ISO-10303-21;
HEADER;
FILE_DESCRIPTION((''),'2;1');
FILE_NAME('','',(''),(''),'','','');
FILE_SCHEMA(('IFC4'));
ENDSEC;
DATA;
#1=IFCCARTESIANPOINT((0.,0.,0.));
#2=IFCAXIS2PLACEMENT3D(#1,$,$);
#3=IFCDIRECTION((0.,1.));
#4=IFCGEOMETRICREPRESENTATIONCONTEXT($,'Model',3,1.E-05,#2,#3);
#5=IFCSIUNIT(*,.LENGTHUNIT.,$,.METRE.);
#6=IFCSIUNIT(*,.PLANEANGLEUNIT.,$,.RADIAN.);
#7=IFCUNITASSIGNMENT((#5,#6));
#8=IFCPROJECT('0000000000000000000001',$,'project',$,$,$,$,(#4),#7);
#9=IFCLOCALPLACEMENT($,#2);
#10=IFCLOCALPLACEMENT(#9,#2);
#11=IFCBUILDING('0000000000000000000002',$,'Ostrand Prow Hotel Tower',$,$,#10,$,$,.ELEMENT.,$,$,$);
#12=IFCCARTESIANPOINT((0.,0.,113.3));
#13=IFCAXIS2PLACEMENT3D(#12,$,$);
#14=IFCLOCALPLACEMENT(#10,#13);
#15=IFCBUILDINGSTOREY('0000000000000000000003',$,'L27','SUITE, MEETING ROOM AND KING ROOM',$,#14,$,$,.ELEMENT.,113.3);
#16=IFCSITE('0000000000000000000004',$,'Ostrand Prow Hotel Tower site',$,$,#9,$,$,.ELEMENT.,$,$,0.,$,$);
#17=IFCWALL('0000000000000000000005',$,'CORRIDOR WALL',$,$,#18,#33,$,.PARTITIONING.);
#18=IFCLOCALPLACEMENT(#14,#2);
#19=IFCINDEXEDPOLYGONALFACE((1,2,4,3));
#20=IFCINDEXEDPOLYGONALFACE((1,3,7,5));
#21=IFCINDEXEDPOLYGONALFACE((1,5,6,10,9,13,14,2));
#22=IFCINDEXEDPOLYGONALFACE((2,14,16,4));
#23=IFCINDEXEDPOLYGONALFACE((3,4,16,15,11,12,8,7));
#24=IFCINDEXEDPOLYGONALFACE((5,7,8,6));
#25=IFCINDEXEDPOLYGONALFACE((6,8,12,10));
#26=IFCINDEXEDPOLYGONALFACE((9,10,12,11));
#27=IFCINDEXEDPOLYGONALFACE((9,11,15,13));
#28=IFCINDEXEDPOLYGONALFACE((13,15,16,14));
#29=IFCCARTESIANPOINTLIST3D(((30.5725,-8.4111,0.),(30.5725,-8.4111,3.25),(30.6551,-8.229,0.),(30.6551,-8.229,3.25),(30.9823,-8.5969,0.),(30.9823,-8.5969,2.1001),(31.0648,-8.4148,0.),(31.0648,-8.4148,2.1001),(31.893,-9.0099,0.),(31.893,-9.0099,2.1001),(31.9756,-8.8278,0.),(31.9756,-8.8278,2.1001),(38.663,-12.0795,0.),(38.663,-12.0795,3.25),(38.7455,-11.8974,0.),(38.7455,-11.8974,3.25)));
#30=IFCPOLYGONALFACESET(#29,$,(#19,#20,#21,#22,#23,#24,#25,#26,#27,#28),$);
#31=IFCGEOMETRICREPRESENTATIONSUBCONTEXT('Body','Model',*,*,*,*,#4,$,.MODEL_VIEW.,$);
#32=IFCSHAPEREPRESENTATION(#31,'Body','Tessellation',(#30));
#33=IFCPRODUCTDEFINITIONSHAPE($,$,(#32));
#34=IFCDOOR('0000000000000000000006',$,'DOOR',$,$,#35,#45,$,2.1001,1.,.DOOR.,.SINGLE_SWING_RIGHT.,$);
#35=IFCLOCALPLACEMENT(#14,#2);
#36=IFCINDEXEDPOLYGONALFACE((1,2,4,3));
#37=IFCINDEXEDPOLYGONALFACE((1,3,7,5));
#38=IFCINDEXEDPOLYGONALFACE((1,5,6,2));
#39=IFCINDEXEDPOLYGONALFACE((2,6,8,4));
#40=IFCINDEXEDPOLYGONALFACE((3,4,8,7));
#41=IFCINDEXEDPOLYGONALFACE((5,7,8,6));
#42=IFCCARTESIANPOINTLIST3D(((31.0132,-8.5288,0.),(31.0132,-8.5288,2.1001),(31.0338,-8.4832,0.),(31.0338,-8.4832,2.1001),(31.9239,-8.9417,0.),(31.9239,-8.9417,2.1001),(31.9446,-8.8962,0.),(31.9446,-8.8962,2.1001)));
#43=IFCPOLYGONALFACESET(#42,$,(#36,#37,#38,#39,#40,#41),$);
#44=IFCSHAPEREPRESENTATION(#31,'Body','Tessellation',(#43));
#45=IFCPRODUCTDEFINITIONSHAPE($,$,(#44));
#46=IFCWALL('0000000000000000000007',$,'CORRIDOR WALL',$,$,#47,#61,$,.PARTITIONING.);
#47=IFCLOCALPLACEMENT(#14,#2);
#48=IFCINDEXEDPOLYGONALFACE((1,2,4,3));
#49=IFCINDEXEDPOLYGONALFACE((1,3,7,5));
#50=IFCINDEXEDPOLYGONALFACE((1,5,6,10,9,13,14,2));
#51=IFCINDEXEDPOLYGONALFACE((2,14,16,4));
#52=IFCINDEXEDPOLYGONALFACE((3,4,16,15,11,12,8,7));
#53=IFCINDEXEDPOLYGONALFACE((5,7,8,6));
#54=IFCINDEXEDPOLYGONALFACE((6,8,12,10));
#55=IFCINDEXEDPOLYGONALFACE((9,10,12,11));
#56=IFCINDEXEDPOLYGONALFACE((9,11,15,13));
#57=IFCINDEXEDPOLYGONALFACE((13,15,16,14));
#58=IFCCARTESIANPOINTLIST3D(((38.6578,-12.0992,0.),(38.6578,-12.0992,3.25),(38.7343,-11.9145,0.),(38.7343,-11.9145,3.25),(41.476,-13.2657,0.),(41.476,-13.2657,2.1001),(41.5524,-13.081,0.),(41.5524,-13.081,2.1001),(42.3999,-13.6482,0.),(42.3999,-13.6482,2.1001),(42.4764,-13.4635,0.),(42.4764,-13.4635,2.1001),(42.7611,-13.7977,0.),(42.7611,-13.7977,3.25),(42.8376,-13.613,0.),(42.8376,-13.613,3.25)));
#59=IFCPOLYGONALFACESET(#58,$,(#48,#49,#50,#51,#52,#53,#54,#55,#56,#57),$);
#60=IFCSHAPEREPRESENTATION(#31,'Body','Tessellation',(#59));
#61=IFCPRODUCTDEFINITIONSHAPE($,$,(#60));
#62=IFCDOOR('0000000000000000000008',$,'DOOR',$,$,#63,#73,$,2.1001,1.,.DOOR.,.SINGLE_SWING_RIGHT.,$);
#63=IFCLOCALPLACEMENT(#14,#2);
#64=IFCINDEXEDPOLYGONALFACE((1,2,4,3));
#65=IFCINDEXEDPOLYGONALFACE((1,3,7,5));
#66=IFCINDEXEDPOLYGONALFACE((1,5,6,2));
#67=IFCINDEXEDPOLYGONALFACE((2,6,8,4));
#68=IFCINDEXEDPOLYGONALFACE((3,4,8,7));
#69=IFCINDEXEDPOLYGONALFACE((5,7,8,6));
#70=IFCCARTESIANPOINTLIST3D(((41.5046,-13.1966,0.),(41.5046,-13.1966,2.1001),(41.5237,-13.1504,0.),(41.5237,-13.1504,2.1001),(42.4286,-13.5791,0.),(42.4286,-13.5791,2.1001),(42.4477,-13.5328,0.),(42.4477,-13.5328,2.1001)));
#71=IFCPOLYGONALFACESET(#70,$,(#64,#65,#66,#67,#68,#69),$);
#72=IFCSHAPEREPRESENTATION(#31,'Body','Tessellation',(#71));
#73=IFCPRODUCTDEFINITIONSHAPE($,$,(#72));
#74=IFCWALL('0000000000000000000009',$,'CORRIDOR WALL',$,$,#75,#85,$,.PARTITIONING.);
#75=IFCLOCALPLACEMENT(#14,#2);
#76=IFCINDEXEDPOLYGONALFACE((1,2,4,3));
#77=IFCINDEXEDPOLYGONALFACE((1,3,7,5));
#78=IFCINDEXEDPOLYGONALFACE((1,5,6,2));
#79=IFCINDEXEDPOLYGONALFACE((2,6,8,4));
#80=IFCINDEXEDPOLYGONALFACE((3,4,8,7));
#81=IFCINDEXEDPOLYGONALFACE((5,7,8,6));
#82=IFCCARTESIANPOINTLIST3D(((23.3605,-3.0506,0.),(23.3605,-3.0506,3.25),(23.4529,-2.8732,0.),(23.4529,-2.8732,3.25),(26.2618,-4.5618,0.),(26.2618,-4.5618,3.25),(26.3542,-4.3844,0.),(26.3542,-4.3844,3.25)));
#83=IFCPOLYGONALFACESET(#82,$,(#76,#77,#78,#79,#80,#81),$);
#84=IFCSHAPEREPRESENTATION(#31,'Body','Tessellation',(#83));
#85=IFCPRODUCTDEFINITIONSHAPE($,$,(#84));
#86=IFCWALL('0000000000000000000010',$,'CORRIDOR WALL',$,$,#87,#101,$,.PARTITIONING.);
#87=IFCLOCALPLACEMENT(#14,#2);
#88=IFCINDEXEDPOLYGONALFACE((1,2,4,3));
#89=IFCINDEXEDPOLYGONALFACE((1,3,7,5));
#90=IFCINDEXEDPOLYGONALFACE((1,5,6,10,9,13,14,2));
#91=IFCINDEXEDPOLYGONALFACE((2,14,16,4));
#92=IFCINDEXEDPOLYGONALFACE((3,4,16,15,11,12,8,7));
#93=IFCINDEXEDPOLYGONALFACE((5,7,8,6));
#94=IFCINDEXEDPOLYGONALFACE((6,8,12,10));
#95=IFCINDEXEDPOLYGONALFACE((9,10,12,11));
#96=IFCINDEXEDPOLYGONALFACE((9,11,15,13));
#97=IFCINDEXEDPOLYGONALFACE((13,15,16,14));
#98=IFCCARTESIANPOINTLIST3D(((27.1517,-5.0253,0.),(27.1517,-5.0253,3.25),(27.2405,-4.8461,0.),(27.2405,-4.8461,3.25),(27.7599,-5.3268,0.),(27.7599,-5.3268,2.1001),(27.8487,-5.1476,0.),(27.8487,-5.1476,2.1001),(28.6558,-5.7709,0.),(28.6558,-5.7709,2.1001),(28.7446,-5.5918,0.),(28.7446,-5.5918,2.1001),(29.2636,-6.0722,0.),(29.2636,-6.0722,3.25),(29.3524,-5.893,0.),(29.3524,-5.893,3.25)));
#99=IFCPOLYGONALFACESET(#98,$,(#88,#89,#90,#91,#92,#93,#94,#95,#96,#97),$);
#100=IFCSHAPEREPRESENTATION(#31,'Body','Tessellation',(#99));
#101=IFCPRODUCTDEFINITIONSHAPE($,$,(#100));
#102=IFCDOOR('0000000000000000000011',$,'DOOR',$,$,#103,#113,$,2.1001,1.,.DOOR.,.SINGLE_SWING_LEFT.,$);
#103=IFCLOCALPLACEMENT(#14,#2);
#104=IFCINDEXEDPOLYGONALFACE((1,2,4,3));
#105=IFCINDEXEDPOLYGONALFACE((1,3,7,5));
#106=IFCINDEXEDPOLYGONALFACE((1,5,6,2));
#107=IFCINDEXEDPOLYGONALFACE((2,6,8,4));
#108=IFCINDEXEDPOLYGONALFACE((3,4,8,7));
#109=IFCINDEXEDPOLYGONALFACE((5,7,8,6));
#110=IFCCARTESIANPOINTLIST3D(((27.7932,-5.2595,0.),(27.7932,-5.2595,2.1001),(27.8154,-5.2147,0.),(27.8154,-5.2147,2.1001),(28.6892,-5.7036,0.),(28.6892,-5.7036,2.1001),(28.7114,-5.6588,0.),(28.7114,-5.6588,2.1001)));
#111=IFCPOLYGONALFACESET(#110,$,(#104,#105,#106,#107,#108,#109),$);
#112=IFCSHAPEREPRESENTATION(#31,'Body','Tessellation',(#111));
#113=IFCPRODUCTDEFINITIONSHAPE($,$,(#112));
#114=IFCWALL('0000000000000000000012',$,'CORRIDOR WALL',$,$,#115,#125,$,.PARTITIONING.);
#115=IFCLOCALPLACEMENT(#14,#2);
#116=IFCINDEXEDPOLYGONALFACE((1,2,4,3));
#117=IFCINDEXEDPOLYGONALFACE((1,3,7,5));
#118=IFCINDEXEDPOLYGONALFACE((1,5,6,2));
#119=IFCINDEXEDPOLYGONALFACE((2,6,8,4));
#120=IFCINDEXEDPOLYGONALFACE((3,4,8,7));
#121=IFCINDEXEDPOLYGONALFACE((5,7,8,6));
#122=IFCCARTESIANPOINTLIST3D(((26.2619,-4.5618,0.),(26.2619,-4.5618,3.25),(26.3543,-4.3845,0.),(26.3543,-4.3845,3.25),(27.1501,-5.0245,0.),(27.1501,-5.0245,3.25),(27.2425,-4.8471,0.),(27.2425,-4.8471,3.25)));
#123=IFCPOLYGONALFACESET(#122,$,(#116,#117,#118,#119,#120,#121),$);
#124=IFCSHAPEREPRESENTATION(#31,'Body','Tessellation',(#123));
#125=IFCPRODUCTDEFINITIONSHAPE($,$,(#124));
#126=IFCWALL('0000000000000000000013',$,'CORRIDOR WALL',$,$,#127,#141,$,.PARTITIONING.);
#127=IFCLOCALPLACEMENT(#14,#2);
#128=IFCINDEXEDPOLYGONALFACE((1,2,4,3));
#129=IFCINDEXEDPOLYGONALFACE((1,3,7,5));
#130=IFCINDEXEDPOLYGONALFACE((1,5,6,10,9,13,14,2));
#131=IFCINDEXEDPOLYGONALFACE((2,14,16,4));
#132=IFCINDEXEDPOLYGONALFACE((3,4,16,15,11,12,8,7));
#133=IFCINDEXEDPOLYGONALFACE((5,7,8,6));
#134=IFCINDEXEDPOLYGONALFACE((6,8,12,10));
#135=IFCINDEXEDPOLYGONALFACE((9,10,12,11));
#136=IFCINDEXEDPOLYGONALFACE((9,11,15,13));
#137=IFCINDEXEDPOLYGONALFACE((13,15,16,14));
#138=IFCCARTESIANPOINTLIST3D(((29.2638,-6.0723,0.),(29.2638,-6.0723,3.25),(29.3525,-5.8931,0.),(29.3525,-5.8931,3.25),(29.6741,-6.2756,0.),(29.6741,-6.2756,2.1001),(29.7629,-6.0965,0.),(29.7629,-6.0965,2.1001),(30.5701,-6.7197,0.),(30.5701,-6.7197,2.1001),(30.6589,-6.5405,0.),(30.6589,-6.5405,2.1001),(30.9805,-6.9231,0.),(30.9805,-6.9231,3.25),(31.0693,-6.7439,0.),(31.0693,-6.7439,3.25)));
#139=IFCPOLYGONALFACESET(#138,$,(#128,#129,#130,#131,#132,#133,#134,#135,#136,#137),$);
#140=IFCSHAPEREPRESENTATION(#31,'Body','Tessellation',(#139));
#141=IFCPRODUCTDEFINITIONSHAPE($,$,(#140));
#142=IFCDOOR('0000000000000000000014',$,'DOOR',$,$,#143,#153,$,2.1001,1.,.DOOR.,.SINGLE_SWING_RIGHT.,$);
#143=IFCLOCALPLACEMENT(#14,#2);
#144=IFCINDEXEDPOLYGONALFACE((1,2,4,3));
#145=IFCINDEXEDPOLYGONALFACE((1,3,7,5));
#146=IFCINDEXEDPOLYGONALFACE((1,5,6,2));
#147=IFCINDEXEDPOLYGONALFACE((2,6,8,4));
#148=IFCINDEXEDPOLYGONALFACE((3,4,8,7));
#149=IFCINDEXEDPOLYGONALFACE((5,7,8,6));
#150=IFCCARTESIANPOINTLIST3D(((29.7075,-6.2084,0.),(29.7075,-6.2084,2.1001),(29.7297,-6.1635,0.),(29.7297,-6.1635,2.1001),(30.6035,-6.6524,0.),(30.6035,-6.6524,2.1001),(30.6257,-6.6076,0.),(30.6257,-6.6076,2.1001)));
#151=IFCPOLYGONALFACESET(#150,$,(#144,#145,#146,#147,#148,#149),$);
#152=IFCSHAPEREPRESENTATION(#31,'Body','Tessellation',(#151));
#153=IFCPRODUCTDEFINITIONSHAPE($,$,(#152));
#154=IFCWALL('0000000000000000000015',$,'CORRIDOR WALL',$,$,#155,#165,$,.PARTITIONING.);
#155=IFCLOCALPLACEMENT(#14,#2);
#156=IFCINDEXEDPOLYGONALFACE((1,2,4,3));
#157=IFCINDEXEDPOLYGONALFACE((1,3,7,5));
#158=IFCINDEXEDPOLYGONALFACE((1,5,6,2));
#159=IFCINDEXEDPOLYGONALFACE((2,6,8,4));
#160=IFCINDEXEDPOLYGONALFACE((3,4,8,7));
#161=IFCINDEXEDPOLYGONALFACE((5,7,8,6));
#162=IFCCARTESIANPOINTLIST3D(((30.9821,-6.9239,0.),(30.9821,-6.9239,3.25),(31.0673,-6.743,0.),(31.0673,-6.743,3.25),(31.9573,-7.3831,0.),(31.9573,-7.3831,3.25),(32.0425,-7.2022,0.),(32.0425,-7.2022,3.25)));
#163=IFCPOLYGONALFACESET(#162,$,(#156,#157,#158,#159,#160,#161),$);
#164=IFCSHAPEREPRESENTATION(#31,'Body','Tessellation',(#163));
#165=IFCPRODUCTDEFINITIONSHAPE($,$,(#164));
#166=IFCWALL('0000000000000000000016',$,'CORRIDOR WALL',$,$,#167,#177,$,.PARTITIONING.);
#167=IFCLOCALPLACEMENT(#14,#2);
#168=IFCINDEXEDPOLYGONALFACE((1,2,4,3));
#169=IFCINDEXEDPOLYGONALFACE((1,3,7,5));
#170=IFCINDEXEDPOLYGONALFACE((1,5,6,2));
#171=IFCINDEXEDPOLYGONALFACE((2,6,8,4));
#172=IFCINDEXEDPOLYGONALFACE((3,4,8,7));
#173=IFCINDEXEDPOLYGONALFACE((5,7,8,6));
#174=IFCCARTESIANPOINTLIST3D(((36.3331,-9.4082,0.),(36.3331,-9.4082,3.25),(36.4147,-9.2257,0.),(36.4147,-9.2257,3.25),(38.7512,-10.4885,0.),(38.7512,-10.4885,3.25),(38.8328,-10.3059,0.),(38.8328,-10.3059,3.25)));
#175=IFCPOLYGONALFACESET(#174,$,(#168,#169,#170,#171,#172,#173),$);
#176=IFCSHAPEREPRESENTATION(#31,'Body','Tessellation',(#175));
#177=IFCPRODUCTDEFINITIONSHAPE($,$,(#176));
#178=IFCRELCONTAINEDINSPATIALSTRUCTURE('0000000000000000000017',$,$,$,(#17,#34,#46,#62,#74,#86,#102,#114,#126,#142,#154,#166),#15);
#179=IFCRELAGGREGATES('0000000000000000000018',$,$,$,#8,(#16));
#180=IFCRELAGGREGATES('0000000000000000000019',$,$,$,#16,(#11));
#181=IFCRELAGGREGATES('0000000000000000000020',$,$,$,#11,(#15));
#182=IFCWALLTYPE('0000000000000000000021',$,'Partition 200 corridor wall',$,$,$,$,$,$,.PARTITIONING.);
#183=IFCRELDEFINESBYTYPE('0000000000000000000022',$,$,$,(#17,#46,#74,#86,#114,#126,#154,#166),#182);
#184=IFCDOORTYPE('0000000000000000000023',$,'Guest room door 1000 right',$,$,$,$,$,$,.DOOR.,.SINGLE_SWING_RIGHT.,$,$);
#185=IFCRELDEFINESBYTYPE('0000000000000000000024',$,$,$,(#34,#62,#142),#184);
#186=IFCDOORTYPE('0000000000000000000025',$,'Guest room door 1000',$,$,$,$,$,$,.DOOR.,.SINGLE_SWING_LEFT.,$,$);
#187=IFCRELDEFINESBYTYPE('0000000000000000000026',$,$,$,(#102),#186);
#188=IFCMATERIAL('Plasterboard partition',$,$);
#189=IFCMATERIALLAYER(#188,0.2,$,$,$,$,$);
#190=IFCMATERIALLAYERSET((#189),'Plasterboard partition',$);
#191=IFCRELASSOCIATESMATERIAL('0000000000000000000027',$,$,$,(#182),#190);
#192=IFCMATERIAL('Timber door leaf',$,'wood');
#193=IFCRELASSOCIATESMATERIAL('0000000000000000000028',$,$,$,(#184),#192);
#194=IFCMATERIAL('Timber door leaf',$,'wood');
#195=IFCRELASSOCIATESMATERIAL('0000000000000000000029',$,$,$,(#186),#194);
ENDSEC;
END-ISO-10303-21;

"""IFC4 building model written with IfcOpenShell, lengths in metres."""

from ifc_helpers import new_model, si_unit, direction, frame, frame_2d, origin, place, context, subcontext, project, spatial, rectangle, extrude, material, layer, layer_set, type_object, element, fill, save


model = new_model("IFC4")

# Units and contexts
model_context = context("Model", 3, precision=1e-05, world=origin(), true_north=direction((0.0, 1.0)))
body_context = subcontext(model_context, "Body", "Model", "MODEL_VIEW")
ifc_project = project(units=[si_unit("LENGTHUNIT", "METRE"), si_unit("PLANEANGLEUNIT", "RADIAN")], contexts=[model_context])

# Site, building, storey
site_placement = place(None, origin())
site = spatial("IfcSite", under=ifc_project, at=site_placement, Name="Ostrand Prow Hotel Tower site", CompositionType="ELEMENT", RefElevation=0.0)
building_placement = place(site_placement, origin())
building = spatial("IfcBuilding", under=site, at=building_placement, Name="Ostrand Prow Hotel Tower", CompositionType="ELEMENT")
storey_placement = place(building_placement, frame((0.0, 0.0, 113.3)))
storey = spatial("IfcBuildingStorey", under=building, at=storey_placement, Name="L27", Description="SUITE, MEETING ROOM AND KING ROOM", CompositionType="ELEMENT", Elevation=113.3)

# Walls, openings, doors
ifc_material_1 = material(Name="Plasterboard partition")
ifc_layer_1 = layer(ifc_material_1, 0.2)
ifc_layer_set_1 = layer_set([ifc_layer_1], Name="Plasterboard partition")
wall_type_1 = type_object("IfcWallType", Name="Partition 200 corridor wall", PredefinedType="PARTITIONING", material=ifc_layer_set_1)
wall_1_placement = place(storey_placement, frame((30.6138, -8.3201, 0.0), z_axis=(0.0, 0.0, 1.0), x_axis=(0.910751, -0.412956, 0.0)))
wall_1 = element("IfcWall", 1, at=wall_1_placement, inside=storey, type_object=wall_type_1, Name="CORRIDOR WALL", PredefinedType="PARTITIONING", context=body_context, shape_type="SweptSolid", body=[
    extrude(rectangle(XDim=8.8833, YDim=0.2, at=frame_2d((4.4417, 0.0))), origin(), (0.0, 0.0, 1.0), 3.25),
])
opening_1_placement = place(wall_1_placement, frame((0.45, 0.0, 0.0)))
opening_1 = element("IfcOpeningElement", 2, at=opening_1_placement, cuts=wall_1, PredefinedType="OPENING", context=body_context, shape_type="SweptSolid", body=[
    extrude(rectangle(XDim=1.0, YDim=2.1001, at=frame_2d((0.5, 1.05))), frame((0.0, 0.1099, 0.0), z_axis=(0.0, -1.0, 0.0), x_axis=(1.0, 0.0, 0.0)), (0.0, 0.0, 1.0), 0.22),
])
ifc_material_2 = material(Name="Timber door leaf", Category="wood")
door_type_1 = type_object("IfcDoorType", Name="Guest room door 1000 right", OperationType="SINGLE_SWING_RIGHT", PredefinedType="DOOR", material=ifc_material_2)
door_1_placement = place(opening_1_placement, origin())
door_1 = element("IfcDoor", 3, at=door_1_placement, inside=storey, type_object=door_type_1, Name="DOOR", OperationType="SINGLE_SWING_RIGHT", OverallHeight=2.1001, OverallWidth=1.0, PredefinedType="DOOR", context=body_context, shape_type="SweptSolid", body=[
    extrude(rectangle(XDim=1.0, YDim=2.1001, at=frame_2d((0.5, 1.05))), frame((0.0, 0.0249, 0.0), z_axis=(0.0, -1.0, 0.0), x_axis=(1.0, 0.0, 0.0)), (0.0, 0.0, 1.0), 0.05),
])
fill(opening_1, door_1)
wall_2_placement = place(storey_placement, frame((38.696, -12.0068, 0.0), z_axis=(0.0, 0.0, 1.0), x_axis=(0.923971, -0.382463, 0.0)))
wall_2 = element("IfcWall", 4, at=wall_2_placement, inside=storey, type_object=wall_type_1, Name="CORRIDOR WALL", PredefinedType="PARTITIONING", context=body_context, shape_type="SweptSolid", body=[
    extrude(rectangle(XDim=4.4409, YDim=0.2, at=frame_2d((2.2205, 0.0))), origin(), (0.0, 0.0, 1.0), 3.25),
])
opening_2_placement = place(wall_2_placement, frame((3.05, 0.0, 0.0)))
opening_2 = element("IfcOpeningElement", 5, at=opening_2_placement, cuts=wall_2, PredefinedType="OPENING", context=body_context, shape_type="SweptSolid", body=[
    extrude(rectangle(XDim=1.0, YDim=2.1001, at=frame_2d((0.5, 1.05))), frame((0.0, 0.1099, 0.0), z_axis=(0.0, -1.0, 0.0), x_axis=(1.0, 0.0, 0.0)), (0.0, 0.0, 1.0), 0.22),
])
door_2_placement = place(opening_2_placement, origin())
door_2 = element("IfcDoor", 6, at=door_2_placement, inside=storey, type_object=door_type_1, Name="DOOR", OperationType="SINGLE_SWING_RIGHT", OverallHeight=2.1001, OverallWidth=1.0, PredefinedType="DOOR", context=body_context, shape_type="SweptSolid", body=[
    extrude(rectangle(XDim=1.0, YDim=2.1001, at=frame_2d((0.5, 1.05))), frame((0.0, 0.0249, 0.0), z_axis=(0.0, -1.0, 0.0), x_axis=(1.0, 0.0, 0.0)), (0.0, 0.0, 1.0), 0.05),
])
fill(opening_2, door_2)

# Wall
wall_3_placement = place(storey_placement, frame((26.3081, -4.4731, 0.0), z_axis=(0.0, 0.0, 1.0), x_axis=(-0.886901, 0.461959, 0.0)))
element("IfcWall", 7, at=wall_3_placement, inside=storey, type_object=wall_type_1, Name="CORRIDOR WALL", PredefinedType="PARTITIONING", context=body_context, shape_type="SweptSolid", body=[
    extrude(rectangle(XDim=3.2712, YDim=0.2, at=frame_2d((1.6357, 0.0))), origin(), (0.0, 0.0, 1.0), 3.25),
])

# Wall, opening, door
wall_4_placement = place(storey_placement, frame((29.3081, -5.9827, 0.0), z_axis=(0.0, 0.0, 1.0), x_axis=(-0.895955, 0.444145, 0.0)))
wall_4 = element("IfcWall", 8, at=wall_4_placement, inside=storey, type_object=wall_type_1, Name="CORRIDOR WALL", PredefinedType="PARTITIONING", context=body_context, shape_type="SweptSolid", body=[
    extrude(rectangle(XDim=2.3572, YDim=0.2, at=frame_2d((1.1787, 0.0))), origin(), (0.0, 0.0, 1.0), 3.25),
])
opening_3_placement = place(wall_4_placement, frame((0.6785, 0.0, 0.0)))
opening_3 = element("IfcOpeningElement", 9, at=opening_3_placement, cuts=wall_4, PredefinedType="OPENING", context=body_context, shape_type="SweptSolid", body=[
    extrude(rectangle(XDim=1.0, YDim=2.1001, at=frame_2d((0.5, 1.05))), frame((0.0, 0.1099, 0.0), z_axis=(0.0, -1.0, 0.0), x_axis=(1.0, 0.0, 0.0)), (0.0, 0.0, 1.0), 0.22),
])
ifc_material_3 = material(Name="Timber door leaf", Category="wood")
door_type_2 = type_object("IfcDoorType", Name="Guest room door 1000", OperationType="SINGLE_SWING_LEFT", PredefinedType="DOOR", material=ifc_material_3)
door_3_placement = place(opening_3_placement, origin())
door_3 = element("IfcDoor", 10, at=door_3_placement, inside=storey, type_object=door_type_2, Name="DOOR", OperationType="SINGLE_SWING_LEFT", OverallHeight=2.1001, OverallWidth=1.0, PredefinedType="DOOR", context=body_context, shape_type="SweptSolid", body=[
    extrude(rectangle(XDim=1.0, YDim=2.1001, at=frame_2d((0.5, 1.05))), frame((0.0, 0.0249, 0.0), z_axis=(0.0, -1.0, 0.0), x_axis=(1.0, 0.0, 0.0)), (0.0, 0.0, 1.0), 0.05),
])
fill(opening_3, door_3)

# Wall
wall_5_placement = place(storey_placement, frame((27.1963, -4.9358, 0.0), z_axis=(0.0, 0.0, 1.0), x_axis=(-0.886893, 0.461974, 0.0)))
element("IfcWall", 11, at=wall_5_placement, inside=storey, type_object=wall_type_1, Name="CORRIDOR WALL", PredefinedType="PARTITIONING", context=body_context, shape_type="SweptSolid", body=[
    extrude(rectangle(XDim=1.0015, YDim=0.2, at=frame_2d((0.5007, 0.0))), origin(), (0.0, 0.0, 1.0), 3.25),
])

# Wall, opening, door
wall_6_placement = place(storey_placement, frame((31.0249, -6.8335, 0.0), z_axis=(0.0, 0.0, 1.0), x_axis=(-0.896002, 0.444051, 0.0)))
wall_6 = element("IfcWall", 12, at=wall_6_placement, inside=storey, type_object=wall_type_1, Name="CORRIDOR WALL", PredefinedType="PARTITIONING", context=body_context, shape_type="SweptSolid", body=[
    extrude(rectangle(XDim=1.916, YDim=0.2, at=frame_2d((0.958, 0.0))), origin(), (0.0, 0.0, 1.0), 3.25),
])
opening_4_placement = place(wall_6_placement, frame((0.458, 0.0, 0.0)))
opening_4 = element("IfcOpeningElement", 13, at=opening_4_placement, cuts=wall_6, PredefinedType="OPENING", context=body_context, shape_type="SweptSolid", body=[
    extrude(rectangle(XDim=1.0, YDim=2.1001, at=frame_2d((0.5, 1.05))), frame((0.0, 0.1099, 0.0), z_axis=(0.0, -1.0, 0.0), x_axis=(1.0, 0.0, 0.0)), (0.0, 0.0, 1.0), 0.22),
])
door_4_placement = place(opening_4_placement, origin())
door_4 = element("IfcDoor", 14, at=door_4_placement, inside=storey, type_object=door_type_1, Name="DOOR", OperationType="SINGLE_SWING_RIGHT", OverallHeight=2.1001, OverallWidth=1.0, PredefinedType="DOOR", context=body_context, shape_type="SweptSolid", body=[
    extrude(rectangle(XDim=1.0, YDim=2.1001, at=frame_2d((0.5, 1.05))), frame((0.0, 0.0249, 0.0), z_axis=(0.0, -1.0, 0.0), x_axis=(1.0, 0.0, 0.0)), (0.0, 0.0, 1.0), 0.05),
])
fill(opening_4, door_4)

# Walls
wall_7_placement = place(storey_placement, frame((32.0, -7.2927, 0.0), z_axis=(0.0, 0.0, 1.0), x_axis=(-0.90469, 0.42607, 0.0)))
element("IfcWall", 15, at=wall_7_placement, inside=storey, type_object=wall_type_1, Name="CORRIDOR WALL", PredefinedType="PARTITIONING", context=body_context, shape_type="SweptSolid", body=[
    extrude(rectangle(XDim=1.0779, YDim=0.2, at=frame_2d((0.5391, 0.0))), origin(), (0.0, 0.0, 1.0), 3.25),
])
wall_8_placement = place(storey_placement, frame((38.792, -10.3972, 0.0), z_axis=(0.0, 0.0, 1.0), x_axis=(-0.913031, 0.407891, 0.0)))
element("IfcWall", 16, at=wall_8_placement, inside=storey, type_object=wall_type_1, Name="CORRIDOR WALL", PredefinedType="PARTITIONING", context=body_context, shape_type="SweptSolid", body=[
    extrude(rectangle(XDim=2.6484, YDim=0.2, at=frame_2d((1.3242, 0.0))), origin(), (0.0, 0.0, 1.0), 3.25),
])

save(model, "model.ifc")
